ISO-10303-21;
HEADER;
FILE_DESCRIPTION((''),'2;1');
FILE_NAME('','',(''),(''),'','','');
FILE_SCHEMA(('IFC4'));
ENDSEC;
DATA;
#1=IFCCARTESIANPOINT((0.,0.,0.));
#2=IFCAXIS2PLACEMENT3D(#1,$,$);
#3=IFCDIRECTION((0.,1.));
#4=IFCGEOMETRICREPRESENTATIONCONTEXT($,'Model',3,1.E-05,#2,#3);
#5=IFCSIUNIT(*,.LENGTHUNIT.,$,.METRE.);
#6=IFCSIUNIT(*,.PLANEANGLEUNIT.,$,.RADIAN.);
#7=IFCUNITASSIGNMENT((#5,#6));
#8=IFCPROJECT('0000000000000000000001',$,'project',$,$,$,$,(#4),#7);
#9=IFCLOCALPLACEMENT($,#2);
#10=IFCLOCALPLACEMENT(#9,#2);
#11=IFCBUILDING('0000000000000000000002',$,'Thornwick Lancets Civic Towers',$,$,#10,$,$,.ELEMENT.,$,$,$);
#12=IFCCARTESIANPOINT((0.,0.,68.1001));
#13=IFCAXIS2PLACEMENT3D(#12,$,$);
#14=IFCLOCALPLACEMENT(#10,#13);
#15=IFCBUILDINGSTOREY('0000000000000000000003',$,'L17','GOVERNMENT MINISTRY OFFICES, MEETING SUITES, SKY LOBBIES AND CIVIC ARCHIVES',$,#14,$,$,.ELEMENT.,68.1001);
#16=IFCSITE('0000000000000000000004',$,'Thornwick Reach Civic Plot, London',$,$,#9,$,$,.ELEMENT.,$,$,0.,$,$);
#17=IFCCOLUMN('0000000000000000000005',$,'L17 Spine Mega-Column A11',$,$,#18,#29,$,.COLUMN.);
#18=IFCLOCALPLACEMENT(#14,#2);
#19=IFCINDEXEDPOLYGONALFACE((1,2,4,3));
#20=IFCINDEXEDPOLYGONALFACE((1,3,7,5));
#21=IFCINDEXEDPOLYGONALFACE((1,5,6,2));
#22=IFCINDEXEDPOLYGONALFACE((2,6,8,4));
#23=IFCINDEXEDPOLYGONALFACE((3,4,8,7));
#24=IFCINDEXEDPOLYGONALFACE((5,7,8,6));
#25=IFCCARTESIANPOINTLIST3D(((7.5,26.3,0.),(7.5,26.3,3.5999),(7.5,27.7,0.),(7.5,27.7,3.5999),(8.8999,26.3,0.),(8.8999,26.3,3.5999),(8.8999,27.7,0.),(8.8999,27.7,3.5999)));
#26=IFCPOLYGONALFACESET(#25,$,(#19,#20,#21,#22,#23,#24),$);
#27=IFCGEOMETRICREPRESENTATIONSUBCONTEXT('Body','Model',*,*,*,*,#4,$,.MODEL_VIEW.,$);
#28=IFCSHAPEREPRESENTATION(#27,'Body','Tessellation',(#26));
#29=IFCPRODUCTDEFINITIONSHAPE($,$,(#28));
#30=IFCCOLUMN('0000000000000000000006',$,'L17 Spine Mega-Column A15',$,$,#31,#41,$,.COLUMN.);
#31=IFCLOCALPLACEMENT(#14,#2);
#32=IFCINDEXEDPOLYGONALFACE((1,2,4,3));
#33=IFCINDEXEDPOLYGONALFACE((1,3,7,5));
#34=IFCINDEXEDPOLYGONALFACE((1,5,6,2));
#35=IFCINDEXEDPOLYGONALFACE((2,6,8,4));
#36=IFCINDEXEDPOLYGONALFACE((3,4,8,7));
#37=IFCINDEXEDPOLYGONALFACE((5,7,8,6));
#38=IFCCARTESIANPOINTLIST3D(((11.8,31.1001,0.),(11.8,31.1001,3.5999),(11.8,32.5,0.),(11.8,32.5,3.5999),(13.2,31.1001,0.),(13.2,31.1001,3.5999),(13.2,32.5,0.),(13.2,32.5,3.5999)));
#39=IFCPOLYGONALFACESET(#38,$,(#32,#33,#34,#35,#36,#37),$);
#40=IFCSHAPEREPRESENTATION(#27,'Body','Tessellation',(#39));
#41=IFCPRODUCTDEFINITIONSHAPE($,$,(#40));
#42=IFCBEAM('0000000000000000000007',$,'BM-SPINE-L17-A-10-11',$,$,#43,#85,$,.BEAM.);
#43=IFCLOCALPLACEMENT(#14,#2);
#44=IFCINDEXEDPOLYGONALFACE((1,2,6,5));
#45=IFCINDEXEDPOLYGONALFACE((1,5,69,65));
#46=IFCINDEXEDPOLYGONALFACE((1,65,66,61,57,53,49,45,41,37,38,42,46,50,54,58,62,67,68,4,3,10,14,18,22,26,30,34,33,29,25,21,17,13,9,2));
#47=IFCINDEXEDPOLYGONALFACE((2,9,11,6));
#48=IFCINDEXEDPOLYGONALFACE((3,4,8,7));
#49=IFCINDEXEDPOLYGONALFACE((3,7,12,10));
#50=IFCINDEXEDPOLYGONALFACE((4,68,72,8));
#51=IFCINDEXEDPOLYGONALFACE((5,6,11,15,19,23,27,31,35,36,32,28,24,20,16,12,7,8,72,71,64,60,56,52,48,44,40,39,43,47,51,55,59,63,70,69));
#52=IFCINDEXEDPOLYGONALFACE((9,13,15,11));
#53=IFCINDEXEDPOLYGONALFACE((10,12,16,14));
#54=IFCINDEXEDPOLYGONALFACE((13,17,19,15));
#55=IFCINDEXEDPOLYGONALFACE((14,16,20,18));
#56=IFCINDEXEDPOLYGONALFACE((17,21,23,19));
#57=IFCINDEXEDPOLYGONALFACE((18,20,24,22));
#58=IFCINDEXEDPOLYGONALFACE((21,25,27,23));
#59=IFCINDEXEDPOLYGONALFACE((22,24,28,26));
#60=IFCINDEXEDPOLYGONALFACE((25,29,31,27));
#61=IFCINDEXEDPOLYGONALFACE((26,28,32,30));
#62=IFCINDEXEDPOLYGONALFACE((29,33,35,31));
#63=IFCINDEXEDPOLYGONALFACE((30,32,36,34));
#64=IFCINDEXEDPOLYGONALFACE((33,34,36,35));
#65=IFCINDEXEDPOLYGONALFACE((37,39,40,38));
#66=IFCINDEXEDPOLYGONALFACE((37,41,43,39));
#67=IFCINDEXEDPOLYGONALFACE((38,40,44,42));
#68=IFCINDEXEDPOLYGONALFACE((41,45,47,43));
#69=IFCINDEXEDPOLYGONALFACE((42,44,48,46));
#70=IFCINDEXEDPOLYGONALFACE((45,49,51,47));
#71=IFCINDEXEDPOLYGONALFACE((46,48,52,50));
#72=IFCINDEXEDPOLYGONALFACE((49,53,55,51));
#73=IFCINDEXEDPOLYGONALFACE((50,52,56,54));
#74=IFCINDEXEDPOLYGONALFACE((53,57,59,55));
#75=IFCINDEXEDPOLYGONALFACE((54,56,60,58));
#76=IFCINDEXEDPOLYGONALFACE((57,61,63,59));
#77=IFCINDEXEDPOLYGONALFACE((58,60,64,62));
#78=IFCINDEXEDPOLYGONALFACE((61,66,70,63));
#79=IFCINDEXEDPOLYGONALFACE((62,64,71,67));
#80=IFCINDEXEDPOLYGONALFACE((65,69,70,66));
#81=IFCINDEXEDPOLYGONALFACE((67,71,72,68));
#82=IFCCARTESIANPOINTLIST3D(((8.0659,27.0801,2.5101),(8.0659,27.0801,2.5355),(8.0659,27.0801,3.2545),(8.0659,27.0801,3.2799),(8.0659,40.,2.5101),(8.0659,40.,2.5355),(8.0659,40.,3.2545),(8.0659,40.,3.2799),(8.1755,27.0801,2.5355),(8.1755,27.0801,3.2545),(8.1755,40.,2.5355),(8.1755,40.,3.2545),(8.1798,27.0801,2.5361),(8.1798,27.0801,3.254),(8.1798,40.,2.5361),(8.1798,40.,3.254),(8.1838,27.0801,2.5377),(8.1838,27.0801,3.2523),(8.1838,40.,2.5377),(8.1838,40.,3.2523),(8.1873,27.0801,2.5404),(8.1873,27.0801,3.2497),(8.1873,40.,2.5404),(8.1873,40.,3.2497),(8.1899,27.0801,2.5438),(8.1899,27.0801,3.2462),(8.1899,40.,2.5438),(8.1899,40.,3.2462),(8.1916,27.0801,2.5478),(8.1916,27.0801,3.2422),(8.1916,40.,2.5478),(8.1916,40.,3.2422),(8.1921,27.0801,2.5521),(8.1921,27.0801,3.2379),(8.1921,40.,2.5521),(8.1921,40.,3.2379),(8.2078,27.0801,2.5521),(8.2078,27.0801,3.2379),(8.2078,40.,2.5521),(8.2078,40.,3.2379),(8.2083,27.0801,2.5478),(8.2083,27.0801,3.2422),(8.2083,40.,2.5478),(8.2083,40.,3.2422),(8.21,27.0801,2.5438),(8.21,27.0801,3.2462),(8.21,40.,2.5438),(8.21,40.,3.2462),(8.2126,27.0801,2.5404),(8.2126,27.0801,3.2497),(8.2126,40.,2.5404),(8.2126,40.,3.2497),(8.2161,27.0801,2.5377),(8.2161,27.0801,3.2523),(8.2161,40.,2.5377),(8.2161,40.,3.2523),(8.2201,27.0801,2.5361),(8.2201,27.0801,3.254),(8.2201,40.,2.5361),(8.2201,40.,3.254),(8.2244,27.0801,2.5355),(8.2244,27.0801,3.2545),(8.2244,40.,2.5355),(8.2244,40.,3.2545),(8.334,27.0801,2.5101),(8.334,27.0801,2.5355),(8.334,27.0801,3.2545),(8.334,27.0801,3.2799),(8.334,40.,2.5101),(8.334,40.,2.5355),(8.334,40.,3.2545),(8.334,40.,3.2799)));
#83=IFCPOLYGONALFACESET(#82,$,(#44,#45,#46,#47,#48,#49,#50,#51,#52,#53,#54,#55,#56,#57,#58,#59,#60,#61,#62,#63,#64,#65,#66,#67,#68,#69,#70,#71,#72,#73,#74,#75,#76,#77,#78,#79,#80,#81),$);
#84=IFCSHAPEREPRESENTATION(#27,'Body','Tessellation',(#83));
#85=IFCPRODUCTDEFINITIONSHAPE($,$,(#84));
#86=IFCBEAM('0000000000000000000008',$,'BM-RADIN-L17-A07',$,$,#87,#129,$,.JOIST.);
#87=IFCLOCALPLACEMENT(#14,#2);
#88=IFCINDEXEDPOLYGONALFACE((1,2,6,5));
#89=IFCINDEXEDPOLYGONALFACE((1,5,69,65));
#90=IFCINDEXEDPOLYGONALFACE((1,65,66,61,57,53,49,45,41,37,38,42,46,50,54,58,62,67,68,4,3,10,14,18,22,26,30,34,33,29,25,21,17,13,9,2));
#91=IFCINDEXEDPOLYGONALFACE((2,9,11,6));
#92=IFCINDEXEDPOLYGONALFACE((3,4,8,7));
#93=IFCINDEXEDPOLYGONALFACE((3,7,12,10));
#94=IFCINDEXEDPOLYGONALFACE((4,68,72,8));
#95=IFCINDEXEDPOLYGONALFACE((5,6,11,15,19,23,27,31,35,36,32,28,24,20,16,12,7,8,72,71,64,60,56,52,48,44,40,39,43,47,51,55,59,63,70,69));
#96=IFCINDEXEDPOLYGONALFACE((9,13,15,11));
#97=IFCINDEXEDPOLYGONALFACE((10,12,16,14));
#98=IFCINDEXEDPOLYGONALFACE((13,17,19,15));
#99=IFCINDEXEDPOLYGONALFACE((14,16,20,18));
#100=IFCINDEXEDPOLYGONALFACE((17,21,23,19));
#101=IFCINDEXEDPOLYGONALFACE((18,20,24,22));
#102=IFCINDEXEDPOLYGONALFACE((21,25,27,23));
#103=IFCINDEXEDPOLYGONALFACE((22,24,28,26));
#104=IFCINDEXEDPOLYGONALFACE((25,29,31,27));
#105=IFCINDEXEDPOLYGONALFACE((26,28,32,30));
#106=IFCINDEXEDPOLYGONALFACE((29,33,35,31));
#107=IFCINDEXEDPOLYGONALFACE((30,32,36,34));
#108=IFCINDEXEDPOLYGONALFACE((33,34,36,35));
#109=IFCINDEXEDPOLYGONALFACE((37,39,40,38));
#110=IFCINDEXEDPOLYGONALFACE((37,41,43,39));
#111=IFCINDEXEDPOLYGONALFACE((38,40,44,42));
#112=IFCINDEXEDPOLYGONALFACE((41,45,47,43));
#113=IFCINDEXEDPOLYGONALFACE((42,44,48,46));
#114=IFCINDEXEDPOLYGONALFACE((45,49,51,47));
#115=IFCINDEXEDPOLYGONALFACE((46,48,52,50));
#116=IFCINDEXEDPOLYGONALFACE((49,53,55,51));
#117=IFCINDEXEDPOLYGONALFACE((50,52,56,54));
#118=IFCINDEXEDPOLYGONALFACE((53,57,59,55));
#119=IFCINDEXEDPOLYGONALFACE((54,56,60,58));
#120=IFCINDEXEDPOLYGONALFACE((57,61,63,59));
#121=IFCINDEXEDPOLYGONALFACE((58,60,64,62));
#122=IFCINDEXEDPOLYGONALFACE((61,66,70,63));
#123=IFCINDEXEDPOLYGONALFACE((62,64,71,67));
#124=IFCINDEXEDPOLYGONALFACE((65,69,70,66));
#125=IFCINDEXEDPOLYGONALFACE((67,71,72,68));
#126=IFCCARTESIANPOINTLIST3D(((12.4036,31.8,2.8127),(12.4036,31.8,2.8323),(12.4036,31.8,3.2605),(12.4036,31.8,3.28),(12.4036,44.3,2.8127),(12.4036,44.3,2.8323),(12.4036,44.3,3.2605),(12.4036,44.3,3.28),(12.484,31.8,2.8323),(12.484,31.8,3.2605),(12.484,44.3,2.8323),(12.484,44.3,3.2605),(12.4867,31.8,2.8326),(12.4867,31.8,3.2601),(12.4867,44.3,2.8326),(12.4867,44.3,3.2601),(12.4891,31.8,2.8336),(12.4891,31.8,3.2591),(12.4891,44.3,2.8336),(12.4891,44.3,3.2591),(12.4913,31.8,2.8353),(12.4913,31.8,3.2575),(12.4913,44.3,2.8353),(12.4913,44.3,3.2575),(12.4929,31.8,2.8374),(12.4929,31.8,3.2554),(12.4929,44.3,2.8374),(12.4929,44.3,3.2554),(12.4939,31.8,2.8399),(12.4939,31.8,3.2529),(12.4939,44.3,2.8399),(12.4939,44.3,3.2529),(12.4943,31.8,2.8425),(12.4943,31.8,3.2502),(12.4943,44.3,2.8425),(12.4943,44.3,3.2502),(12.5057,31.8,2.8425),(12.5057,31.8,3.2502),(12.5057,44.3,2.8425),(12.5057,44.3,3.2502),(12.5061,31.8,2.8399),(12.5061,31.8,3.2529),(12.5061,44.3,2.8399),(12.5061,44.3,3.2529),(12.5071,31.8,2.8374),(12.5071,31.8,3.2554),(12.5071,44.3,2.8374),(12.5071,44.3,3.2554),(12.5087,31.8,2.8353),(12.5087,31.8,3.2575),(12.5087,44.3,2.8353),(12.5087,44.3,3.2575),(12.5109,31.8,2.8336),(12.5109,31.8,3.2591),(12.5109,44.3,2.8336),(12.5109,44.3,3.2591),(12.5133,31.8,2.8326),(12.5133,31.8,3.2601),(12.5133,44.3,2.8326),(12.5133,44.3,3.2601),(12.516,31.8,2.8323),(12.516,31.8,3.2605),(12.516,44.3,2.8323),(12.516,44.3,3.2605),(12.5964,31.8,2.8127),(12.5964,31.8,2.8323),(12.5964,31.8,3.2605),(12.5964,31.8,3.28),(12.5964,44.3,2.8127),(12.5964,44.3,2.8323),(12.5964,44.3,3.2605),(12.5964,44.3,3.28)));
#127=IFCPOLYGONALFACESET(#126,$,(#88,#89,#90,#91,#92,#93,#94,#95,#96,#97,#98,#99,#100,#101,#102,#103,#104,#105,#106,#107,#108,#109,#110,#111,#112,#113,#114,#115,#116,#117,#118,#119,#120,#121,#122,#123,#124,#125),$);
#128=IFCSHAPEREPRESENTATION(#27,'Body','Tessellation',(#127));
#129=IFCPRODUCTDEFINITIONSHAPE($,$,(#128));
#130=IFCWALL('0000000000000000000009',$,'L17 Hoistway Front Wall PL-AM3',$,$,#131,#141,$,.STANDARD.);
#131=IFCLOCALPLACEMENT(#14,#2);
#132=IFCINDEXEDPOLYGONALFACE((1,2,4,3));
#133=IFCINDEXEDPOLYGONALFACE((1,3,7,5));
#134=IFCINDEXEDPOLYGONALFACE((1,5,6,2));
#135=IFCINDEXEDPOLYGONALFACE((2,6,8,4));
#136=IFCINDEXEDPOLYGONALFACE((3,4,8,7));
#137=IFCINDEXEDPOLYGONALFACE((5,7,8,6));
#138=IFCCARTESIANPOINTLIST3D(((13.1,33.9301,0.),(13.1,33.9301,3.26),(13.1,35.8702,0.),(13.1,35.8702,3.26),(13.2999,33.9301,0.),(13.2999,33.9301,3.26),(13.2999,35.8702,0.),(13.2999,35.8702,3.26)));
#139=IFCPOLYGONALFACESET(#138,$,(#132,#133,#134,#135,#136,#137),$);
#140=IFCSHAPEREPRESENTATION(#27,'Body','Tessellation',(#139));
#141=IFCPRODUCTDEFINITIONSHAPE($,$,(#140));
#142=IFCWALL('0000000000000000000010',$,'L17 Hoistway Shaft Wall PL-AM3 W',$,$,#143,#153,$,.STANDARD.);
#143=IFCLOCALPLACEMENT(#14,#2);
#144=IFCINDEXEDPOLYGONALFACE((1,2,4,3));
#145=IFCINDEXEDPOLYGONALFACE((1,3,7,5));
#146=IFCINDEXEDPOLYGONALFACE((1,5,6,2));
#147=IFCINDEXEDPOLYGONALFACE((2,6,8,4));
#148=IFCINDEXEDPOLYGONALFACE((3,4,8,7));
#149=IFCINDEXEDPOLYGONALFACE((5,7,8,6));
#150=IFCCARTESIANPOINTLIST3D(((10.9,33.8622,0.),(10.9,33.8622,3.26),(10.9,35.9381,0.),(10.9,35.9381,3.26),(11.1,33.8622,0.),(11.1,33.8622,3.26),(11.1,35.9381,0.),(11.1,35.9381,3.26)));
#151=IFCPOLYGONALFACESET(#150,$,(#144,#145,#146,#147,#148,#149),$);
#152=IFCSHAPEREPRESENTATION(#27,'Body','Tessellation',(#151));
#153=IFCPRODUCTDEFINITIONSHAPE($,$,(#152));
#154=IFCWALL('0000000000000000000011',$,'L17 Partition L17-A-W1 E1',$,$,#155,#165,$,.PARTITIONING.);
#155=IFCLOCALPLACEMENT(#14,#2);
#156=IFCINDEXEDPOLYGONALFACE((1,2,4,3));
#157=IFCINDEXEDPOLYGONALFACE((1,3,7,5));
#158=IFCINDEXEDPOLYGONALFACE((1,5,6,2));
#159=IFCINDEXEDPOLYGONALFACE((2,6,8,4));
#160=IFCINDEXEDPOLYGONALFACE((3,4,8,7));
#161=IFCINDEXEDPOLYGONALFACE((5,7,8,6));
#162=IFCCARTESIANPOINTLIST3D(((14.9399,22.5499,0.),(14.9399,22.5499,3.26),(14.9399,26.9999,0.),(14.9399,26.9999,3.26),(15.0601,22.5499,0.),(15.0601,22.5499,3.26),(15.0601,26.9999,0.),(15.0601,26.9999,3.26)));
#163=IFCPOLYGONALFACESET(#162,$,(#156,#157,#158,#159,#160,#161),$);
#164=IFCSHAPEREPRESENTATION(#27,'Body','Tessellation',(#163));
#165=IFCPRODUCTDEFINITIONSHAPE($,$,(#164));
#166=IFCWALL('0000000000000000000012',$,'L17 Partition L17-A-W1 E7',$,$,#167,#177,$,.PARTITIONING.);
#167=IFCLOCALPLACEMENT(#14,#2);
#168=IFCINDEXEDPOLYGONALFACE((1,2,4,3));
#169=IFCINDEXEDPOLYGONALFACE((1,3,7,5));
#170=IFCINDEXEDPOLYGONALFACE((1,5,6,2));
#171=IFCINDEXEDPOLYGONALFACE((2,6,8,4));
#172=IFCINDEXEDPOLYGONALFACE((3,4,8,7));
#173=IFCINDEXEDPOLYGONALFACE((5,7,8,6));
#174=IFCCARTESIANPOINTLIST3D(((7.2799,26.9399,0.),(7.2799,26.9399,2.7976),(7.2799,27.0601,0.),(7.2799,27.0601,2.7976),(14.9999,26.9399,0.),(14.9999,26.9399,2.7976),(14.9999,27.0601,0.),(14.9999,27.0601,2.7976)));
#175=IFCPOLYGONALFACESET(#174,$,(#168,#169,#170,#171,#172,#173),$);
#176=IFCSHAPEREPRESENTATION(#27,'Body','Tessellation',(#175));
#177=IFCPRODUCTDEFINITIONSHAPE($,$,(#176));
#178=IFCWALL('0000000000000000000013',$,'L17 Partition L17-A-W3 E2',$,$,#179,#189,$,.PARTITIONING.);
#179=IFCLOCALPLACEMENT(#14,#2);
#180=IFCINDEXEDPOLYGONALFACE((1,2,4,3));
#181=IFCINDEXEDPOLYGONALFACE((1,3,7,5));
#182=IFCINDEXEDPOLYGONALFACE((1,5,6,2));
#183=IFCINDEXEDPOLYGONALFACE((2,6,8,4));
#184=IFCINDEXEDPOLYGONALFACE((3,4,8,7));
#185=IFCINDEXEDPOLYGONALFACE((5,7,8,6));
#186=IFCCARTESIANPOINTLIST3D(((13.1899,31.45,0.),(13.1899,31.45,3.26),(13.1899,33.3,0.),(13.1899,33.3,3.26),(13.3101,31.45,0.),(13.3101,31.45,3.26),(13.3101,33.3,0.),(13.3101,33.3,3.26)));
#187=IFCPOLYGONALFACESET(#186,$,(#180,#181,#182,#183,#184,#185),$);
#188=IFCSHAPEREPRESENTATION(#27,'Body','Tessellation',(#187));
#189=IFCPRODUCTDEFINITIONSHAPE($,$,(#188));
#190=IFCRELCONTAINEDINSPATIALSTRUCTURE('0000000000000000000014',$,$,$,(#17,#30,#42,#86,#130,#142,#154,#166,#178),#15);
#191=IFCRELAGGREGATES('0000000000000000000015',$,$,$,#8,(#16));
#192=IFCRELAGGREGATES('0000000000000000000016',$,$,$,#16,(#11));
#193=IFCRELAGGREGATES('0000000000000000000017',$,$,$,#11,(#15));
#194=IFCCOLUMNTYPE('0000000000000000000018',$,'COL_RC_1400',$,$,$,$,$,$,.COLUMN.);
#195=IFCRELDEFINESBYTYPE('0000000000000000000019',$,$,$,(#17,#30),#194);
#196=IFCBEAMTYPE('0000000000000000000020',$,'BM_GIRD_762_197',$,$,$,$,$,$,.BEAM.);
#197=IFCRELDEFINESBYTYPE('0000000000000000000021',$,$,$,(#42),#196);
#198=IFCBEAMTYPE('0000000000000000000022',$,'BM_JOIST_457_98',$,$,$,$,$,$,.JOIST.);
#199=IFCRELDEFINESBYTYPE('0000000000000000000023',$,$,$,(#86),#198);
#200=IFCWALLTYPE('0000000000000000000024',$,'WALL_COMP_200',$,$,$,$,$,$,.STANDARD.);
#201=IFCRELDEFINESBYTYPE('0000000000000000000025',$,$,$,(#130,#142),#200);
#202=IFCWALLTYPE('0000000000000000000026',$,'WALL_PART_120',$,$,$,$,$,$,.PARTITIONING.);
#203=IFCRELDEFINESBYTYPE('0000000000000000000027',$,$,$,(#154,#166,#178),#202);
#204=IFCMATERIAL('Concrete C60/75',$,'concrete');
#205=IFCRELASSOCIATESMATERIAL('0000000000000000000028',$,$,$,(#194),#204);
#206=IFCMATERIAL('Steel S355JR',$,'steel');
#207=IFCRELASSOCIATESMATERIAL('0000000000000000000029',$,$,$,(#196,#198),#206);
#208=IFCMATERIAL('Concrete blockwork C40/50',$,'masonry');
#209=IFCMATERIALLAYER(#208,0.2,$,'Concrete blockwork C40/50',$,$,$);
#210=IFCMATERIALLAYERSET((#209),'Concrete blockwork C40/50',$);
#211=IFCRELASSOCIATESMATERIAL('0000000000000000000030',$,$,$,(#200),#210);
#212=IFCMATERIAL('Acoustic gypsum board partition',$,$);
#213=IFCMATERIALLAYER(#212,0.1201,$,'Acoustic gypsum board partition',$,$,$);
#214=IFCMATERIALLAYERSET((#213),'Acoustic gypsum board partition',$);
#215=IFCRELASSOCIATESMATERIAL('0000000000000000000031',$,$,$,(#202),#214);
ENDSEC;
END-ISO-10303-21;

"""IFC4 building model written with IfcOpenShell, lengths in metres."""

from ifc_helpers import new_model, si_unit, direction, frame, frame_2d, origin, origin_2d, place, context, subcontext, project, spatial, rectangle, i_section, extrude, material, layer, layer_set, material_profile, profile_set, type_object, element, save


model = new_model("IFC4")

# Units and contexts
model_context = context("Model", 3, precision=1e-05, world=origin(), true_north=direction((0.0, 1.0)))
body_context = subcontext(model_context, "Body", "Model", "MODEL_VIEW")
ifc_project = project(units=[si_unit("LENGTHUNIT", "METRE"), si_unit("PLANEANGLEUNIT", "RADIAN")], contexts=[model_context])

# Site, building, storey
site_placement = place(None, origin())
site = spatial("IfcSite", under=ifc_project, at=site_placement, Name="Thornwick Reach Civic Plot, London", CompositionType="ELEMENT", RefElevation=0.0)
building_placement = place(site_placement, origin())
building = spatial("IfcBuilding", under=site, at=building_placement, Name="Thornwick Lancets Civic Towers", CompositionType="ELEMENT")
storey_placement = place(building_placement, frame((0.0, 0.0, 68.1001)))
storey = spatial("IfcBuildingStorey", under=building, at=storey_placement, Name="L17", Description="GOVERNMENT MINISTRY OFFICES, MEETING SUITES, SKY LOBBIES AND CIVIC ARCHIVES", CompositionType="ELEMENT", Elevation=68.1001)

# Columns
ifc_material_1 = material(Name="Concrete C60/75", Category="concrete")
ifc_material_profile_1 = material_profile(ifc_material_1, rectangle(XDim=1.3999, YDim=1.3999, at=origin_2d()), Name="RC 1400x1400")
ifc_profile_set_1 = profile_set([ifc_material_profile_1], Name="Concrete C60/75")
column_type = type_object("IfcColumnType", Name="COL_RC_1400", PredefinedType="COLUMN", material=ifc_profile_set_1)
for number, where, z_axis, x_axis, name in (
    (1, (8.2, 27.0, 0.0), (0.0, 0.0, 1.0), (1.0, 0.0, 0.0), "L17 Spine Mega-Column A11"),
    (2, (12.5, 31.8, 0.0), (0.0, 0.0, 1.0), (1.0, 0.0, 0.0), "L17 Spine Mega-Column A15"),
):
    element("IfcColumn", number, at=place(storey_placement, frame(where, z_axis=z_axis, x_axis=x_axis)), inside=storey, type_object=column_type, Name=name, PredefinedType="COLUMN", context=body_context, shape_type="SweptSolid", body=[
        extrude(rectangle(XDim=1.3999, YDim=1.3999, at=origin_2d()), origin(), (0.0, 0.0, 1.0), 3.5999),
    ])

# Beams
ifc_material_2 = material(Name="Steel S355JR", Category="steel")
ifc_material_profile_2 = material_profile(ifc_material_2, i_section(OverallWidth=0.2681, OverallDepth=0.7698, WebThickness=0.0156, FlangeThickness=0.0254, FilletRadius=0.0166, at=origin_2d()), Name="UKB 762x267x197")
ifc_profile_set_2 = profile_set([ifc_material_profile_2], Name="Steel S355JR")
beam_type_1 = type_object("IfcBeamType", Name="BM_GIRD_762_197", PredefinedType="BEAM", material=ifc_profile_set_2)
beam_1_placement = place(storey_placement, frame((8.2, 27.0801, 2.895), z_axis=(0.0, 1.0, 0.0), x_axis=(-1.0, 0.0, 0.0)))
element("IfcBeam", 3, at=beam_1_placement, inside=storey, type_object=beam_type_1, Name="BM-SPINE-L17-A-10-11", PredefinedType="BEAM", context=body_context, shape_type="SweptSolid", body=[
    extrude(i_section(OverallWidth=0.2681, OverallDepth=0.7698, WebThickness=0.0156, FlangeThickness=0.0254, FilletRadius=0.0166, at=origin_2d()), origin(), (0.0, 0.0, 1.0), 12.9199),
])
ifc_material_profile_3 = material_profile(ifc_material_2, i_section(OverallWidth=0.1929, OverallDepth=0.4673, WebThickness=0.0115, FlangeThickness=0.0195, FilletRadius=0.0103, at=origin_2d()), Name="UKB 457x191x98")
ifc_profile_set_3 = profile_set([ifc_material_profile_3], Name="Steel S355JR")
beam_type_2 = type_object("IfcBeamType", Name="BM_JOIST_457_98", PredefinedType="JOIST", material=ifc_profile_set_3)
beam_2_placement = place(storey_placement, frame((12.5, 31.8, 3.0464), z_axis=(0.0, 1.0, 0.0), x_axis=(-1.0, 0.0, 0.0)))
element("IfcBeam", 4, at=beam_2_placement, inside=storey, type_object=beam_type_2, Name="BM-RADIN-L17-A07", PredefinedType="JOIST", context=body_context, shape_type="SweptSolid", body=[
    extrude(i_section(OverallWidth=0.1929, OverallDepth=0.4673, WebThickness=0.0115, FlangeThickness=0.0195, FilletRadius=0.0103, at=origin_2d()), origin(), (0.0, 0.0, 1.0), 12.5),
])

# Walls
ifc_material_3 = material(Name="Concrete blockwork C40/50", Category="masonry")
ifc_layer_1 = layer(ifc_material_3, 0.2, Name="Concrete blockwork C40/50")
ifc_layer_set_1 = layer_set([ifc_layer_1], Name="Concrete blockwork C40/50")
wall_type_1 = type_object("IfcWallType", Name="WALL_COMP_200", PredefinedType="STANDARD", material=ifc_layer_set_1)
wall_1_placement = place(storey_placement, frame((13.2, 33.9299, 0.0), z_axis=(0.0, 0.0, 1.0), x_axis=(0.0, 1.0, 0.0)))
element("IfcWall", 5, at=wall_1_placement, inside=storey, type_object=wall_type_1, Name="L17 Hoistway Front Wall PL-AM3", PredefinedType="STANDARD", context=body_context, shape_type="SweptSolid", body=[
    extrude(rectangle(XDim=1.9402, YDim=0.2, at=frame_2d((0.9702, 0.0))), origin(), (0.0, 0.0, 1.0), 3.26),
])
wall_2_placement = place(storey_placement, frame((11.0, 33.8621, 0.0), z_axis=(0.0, 0.0, 1.0), x_axis=(0.0, 1.0, 0.0)))
element("IfcWall", 6, at=wall_2_placement, inside=storey, type_object=wall_type_1, Name="L17 Hoistway Shaft Wall PL-AM3 W", PredefinedType="STANDARD", context=body_context, shape_type="SweptSolid", body=[
    extrude(rectangle(XDim=2.0759, YDim=0.2, at=frame_2d((1.0381, 0.0))), origin(), (0.0, 0.0, 1.0), 3.26),
])
ifc_material_4 = material(Name="Acoustic gypsum board partition")
ifc_layer_2 = layer(ifc_material_4, 0.1201, Name="Acoustic gypsum board partition")
ifc_layer_set_2 = layer_set([ifc_layer_2], Name="Acoustic gypsum board partition")
wall_type_2 = type_object("IfcWallType", Name="WALL_PART_120", PredefinedType="PARTITIONING", material=ifc_layer_set_2)
wall_3_placement = place(storey_placement, frame((15.0, 27.0, 0.0), z_axis=(0.0, 0.0, 1.0), x_axis=(0.0, -1.0, 0.0)))
element("IfcWall", 7, at=wall_3_placement, inside=storey, type_object=wall_type_2, Name="L17 Partition L17-A-W1 E1", PredefinedType="PARTITIONING", context=body_context, shape_type="SweptSolid", body=[
    extrude(rectangle(XDim=4.45, YDim=0.1201, at=frame_2d((2.2251, 0.0))), origin(), (0.0, 0.0, 1.0), 3.26),
])
wall_4_placement = place(storey_placement, frame((7.28, 27.0, 0.0), z_axis=(0.0, 0.0, 1.0), x_axis=(1.0, 0.0, 0.0)))
element("IfcWall", 8, at=wall_4_placement, inside=storey, type_object=wall_type_2, Name="L17 Partition L17-A-W1 E7", PredefinedType="PARTITIONING", context=body_context, shape_type="SweptSolid", body=[
    extrude(rectangle(XDim=7.72, YDim=0.1201, at=frame_2d((3.8599, 0.0))), origin(), (0.0, 0.0, 1.0), 2.7976),
])
wall_5_placement = place(storey_placement, frame((13.25, 33.3, 0.0), z_axis=(0.0, 0.0, 1.0), x_axis=(0.0, -1.0, 0.0)))
element("IfcWall", 9, at=wall_5_placement, inside=storey, type_object=wall_type_2, Name="L17 Partition L17-A-W3 E2", PredefinedType="PARTITIONING", context=body_context, shape_type="SweptSolid", body=[
    extrude(rectangle(XDim=1.8501, YDim=0.1201, at=frame_2d((0.925, 0.0))), origin(), (0.0, 0.0, 1.0), 3.26),
])

save(model, "model.ifc")
